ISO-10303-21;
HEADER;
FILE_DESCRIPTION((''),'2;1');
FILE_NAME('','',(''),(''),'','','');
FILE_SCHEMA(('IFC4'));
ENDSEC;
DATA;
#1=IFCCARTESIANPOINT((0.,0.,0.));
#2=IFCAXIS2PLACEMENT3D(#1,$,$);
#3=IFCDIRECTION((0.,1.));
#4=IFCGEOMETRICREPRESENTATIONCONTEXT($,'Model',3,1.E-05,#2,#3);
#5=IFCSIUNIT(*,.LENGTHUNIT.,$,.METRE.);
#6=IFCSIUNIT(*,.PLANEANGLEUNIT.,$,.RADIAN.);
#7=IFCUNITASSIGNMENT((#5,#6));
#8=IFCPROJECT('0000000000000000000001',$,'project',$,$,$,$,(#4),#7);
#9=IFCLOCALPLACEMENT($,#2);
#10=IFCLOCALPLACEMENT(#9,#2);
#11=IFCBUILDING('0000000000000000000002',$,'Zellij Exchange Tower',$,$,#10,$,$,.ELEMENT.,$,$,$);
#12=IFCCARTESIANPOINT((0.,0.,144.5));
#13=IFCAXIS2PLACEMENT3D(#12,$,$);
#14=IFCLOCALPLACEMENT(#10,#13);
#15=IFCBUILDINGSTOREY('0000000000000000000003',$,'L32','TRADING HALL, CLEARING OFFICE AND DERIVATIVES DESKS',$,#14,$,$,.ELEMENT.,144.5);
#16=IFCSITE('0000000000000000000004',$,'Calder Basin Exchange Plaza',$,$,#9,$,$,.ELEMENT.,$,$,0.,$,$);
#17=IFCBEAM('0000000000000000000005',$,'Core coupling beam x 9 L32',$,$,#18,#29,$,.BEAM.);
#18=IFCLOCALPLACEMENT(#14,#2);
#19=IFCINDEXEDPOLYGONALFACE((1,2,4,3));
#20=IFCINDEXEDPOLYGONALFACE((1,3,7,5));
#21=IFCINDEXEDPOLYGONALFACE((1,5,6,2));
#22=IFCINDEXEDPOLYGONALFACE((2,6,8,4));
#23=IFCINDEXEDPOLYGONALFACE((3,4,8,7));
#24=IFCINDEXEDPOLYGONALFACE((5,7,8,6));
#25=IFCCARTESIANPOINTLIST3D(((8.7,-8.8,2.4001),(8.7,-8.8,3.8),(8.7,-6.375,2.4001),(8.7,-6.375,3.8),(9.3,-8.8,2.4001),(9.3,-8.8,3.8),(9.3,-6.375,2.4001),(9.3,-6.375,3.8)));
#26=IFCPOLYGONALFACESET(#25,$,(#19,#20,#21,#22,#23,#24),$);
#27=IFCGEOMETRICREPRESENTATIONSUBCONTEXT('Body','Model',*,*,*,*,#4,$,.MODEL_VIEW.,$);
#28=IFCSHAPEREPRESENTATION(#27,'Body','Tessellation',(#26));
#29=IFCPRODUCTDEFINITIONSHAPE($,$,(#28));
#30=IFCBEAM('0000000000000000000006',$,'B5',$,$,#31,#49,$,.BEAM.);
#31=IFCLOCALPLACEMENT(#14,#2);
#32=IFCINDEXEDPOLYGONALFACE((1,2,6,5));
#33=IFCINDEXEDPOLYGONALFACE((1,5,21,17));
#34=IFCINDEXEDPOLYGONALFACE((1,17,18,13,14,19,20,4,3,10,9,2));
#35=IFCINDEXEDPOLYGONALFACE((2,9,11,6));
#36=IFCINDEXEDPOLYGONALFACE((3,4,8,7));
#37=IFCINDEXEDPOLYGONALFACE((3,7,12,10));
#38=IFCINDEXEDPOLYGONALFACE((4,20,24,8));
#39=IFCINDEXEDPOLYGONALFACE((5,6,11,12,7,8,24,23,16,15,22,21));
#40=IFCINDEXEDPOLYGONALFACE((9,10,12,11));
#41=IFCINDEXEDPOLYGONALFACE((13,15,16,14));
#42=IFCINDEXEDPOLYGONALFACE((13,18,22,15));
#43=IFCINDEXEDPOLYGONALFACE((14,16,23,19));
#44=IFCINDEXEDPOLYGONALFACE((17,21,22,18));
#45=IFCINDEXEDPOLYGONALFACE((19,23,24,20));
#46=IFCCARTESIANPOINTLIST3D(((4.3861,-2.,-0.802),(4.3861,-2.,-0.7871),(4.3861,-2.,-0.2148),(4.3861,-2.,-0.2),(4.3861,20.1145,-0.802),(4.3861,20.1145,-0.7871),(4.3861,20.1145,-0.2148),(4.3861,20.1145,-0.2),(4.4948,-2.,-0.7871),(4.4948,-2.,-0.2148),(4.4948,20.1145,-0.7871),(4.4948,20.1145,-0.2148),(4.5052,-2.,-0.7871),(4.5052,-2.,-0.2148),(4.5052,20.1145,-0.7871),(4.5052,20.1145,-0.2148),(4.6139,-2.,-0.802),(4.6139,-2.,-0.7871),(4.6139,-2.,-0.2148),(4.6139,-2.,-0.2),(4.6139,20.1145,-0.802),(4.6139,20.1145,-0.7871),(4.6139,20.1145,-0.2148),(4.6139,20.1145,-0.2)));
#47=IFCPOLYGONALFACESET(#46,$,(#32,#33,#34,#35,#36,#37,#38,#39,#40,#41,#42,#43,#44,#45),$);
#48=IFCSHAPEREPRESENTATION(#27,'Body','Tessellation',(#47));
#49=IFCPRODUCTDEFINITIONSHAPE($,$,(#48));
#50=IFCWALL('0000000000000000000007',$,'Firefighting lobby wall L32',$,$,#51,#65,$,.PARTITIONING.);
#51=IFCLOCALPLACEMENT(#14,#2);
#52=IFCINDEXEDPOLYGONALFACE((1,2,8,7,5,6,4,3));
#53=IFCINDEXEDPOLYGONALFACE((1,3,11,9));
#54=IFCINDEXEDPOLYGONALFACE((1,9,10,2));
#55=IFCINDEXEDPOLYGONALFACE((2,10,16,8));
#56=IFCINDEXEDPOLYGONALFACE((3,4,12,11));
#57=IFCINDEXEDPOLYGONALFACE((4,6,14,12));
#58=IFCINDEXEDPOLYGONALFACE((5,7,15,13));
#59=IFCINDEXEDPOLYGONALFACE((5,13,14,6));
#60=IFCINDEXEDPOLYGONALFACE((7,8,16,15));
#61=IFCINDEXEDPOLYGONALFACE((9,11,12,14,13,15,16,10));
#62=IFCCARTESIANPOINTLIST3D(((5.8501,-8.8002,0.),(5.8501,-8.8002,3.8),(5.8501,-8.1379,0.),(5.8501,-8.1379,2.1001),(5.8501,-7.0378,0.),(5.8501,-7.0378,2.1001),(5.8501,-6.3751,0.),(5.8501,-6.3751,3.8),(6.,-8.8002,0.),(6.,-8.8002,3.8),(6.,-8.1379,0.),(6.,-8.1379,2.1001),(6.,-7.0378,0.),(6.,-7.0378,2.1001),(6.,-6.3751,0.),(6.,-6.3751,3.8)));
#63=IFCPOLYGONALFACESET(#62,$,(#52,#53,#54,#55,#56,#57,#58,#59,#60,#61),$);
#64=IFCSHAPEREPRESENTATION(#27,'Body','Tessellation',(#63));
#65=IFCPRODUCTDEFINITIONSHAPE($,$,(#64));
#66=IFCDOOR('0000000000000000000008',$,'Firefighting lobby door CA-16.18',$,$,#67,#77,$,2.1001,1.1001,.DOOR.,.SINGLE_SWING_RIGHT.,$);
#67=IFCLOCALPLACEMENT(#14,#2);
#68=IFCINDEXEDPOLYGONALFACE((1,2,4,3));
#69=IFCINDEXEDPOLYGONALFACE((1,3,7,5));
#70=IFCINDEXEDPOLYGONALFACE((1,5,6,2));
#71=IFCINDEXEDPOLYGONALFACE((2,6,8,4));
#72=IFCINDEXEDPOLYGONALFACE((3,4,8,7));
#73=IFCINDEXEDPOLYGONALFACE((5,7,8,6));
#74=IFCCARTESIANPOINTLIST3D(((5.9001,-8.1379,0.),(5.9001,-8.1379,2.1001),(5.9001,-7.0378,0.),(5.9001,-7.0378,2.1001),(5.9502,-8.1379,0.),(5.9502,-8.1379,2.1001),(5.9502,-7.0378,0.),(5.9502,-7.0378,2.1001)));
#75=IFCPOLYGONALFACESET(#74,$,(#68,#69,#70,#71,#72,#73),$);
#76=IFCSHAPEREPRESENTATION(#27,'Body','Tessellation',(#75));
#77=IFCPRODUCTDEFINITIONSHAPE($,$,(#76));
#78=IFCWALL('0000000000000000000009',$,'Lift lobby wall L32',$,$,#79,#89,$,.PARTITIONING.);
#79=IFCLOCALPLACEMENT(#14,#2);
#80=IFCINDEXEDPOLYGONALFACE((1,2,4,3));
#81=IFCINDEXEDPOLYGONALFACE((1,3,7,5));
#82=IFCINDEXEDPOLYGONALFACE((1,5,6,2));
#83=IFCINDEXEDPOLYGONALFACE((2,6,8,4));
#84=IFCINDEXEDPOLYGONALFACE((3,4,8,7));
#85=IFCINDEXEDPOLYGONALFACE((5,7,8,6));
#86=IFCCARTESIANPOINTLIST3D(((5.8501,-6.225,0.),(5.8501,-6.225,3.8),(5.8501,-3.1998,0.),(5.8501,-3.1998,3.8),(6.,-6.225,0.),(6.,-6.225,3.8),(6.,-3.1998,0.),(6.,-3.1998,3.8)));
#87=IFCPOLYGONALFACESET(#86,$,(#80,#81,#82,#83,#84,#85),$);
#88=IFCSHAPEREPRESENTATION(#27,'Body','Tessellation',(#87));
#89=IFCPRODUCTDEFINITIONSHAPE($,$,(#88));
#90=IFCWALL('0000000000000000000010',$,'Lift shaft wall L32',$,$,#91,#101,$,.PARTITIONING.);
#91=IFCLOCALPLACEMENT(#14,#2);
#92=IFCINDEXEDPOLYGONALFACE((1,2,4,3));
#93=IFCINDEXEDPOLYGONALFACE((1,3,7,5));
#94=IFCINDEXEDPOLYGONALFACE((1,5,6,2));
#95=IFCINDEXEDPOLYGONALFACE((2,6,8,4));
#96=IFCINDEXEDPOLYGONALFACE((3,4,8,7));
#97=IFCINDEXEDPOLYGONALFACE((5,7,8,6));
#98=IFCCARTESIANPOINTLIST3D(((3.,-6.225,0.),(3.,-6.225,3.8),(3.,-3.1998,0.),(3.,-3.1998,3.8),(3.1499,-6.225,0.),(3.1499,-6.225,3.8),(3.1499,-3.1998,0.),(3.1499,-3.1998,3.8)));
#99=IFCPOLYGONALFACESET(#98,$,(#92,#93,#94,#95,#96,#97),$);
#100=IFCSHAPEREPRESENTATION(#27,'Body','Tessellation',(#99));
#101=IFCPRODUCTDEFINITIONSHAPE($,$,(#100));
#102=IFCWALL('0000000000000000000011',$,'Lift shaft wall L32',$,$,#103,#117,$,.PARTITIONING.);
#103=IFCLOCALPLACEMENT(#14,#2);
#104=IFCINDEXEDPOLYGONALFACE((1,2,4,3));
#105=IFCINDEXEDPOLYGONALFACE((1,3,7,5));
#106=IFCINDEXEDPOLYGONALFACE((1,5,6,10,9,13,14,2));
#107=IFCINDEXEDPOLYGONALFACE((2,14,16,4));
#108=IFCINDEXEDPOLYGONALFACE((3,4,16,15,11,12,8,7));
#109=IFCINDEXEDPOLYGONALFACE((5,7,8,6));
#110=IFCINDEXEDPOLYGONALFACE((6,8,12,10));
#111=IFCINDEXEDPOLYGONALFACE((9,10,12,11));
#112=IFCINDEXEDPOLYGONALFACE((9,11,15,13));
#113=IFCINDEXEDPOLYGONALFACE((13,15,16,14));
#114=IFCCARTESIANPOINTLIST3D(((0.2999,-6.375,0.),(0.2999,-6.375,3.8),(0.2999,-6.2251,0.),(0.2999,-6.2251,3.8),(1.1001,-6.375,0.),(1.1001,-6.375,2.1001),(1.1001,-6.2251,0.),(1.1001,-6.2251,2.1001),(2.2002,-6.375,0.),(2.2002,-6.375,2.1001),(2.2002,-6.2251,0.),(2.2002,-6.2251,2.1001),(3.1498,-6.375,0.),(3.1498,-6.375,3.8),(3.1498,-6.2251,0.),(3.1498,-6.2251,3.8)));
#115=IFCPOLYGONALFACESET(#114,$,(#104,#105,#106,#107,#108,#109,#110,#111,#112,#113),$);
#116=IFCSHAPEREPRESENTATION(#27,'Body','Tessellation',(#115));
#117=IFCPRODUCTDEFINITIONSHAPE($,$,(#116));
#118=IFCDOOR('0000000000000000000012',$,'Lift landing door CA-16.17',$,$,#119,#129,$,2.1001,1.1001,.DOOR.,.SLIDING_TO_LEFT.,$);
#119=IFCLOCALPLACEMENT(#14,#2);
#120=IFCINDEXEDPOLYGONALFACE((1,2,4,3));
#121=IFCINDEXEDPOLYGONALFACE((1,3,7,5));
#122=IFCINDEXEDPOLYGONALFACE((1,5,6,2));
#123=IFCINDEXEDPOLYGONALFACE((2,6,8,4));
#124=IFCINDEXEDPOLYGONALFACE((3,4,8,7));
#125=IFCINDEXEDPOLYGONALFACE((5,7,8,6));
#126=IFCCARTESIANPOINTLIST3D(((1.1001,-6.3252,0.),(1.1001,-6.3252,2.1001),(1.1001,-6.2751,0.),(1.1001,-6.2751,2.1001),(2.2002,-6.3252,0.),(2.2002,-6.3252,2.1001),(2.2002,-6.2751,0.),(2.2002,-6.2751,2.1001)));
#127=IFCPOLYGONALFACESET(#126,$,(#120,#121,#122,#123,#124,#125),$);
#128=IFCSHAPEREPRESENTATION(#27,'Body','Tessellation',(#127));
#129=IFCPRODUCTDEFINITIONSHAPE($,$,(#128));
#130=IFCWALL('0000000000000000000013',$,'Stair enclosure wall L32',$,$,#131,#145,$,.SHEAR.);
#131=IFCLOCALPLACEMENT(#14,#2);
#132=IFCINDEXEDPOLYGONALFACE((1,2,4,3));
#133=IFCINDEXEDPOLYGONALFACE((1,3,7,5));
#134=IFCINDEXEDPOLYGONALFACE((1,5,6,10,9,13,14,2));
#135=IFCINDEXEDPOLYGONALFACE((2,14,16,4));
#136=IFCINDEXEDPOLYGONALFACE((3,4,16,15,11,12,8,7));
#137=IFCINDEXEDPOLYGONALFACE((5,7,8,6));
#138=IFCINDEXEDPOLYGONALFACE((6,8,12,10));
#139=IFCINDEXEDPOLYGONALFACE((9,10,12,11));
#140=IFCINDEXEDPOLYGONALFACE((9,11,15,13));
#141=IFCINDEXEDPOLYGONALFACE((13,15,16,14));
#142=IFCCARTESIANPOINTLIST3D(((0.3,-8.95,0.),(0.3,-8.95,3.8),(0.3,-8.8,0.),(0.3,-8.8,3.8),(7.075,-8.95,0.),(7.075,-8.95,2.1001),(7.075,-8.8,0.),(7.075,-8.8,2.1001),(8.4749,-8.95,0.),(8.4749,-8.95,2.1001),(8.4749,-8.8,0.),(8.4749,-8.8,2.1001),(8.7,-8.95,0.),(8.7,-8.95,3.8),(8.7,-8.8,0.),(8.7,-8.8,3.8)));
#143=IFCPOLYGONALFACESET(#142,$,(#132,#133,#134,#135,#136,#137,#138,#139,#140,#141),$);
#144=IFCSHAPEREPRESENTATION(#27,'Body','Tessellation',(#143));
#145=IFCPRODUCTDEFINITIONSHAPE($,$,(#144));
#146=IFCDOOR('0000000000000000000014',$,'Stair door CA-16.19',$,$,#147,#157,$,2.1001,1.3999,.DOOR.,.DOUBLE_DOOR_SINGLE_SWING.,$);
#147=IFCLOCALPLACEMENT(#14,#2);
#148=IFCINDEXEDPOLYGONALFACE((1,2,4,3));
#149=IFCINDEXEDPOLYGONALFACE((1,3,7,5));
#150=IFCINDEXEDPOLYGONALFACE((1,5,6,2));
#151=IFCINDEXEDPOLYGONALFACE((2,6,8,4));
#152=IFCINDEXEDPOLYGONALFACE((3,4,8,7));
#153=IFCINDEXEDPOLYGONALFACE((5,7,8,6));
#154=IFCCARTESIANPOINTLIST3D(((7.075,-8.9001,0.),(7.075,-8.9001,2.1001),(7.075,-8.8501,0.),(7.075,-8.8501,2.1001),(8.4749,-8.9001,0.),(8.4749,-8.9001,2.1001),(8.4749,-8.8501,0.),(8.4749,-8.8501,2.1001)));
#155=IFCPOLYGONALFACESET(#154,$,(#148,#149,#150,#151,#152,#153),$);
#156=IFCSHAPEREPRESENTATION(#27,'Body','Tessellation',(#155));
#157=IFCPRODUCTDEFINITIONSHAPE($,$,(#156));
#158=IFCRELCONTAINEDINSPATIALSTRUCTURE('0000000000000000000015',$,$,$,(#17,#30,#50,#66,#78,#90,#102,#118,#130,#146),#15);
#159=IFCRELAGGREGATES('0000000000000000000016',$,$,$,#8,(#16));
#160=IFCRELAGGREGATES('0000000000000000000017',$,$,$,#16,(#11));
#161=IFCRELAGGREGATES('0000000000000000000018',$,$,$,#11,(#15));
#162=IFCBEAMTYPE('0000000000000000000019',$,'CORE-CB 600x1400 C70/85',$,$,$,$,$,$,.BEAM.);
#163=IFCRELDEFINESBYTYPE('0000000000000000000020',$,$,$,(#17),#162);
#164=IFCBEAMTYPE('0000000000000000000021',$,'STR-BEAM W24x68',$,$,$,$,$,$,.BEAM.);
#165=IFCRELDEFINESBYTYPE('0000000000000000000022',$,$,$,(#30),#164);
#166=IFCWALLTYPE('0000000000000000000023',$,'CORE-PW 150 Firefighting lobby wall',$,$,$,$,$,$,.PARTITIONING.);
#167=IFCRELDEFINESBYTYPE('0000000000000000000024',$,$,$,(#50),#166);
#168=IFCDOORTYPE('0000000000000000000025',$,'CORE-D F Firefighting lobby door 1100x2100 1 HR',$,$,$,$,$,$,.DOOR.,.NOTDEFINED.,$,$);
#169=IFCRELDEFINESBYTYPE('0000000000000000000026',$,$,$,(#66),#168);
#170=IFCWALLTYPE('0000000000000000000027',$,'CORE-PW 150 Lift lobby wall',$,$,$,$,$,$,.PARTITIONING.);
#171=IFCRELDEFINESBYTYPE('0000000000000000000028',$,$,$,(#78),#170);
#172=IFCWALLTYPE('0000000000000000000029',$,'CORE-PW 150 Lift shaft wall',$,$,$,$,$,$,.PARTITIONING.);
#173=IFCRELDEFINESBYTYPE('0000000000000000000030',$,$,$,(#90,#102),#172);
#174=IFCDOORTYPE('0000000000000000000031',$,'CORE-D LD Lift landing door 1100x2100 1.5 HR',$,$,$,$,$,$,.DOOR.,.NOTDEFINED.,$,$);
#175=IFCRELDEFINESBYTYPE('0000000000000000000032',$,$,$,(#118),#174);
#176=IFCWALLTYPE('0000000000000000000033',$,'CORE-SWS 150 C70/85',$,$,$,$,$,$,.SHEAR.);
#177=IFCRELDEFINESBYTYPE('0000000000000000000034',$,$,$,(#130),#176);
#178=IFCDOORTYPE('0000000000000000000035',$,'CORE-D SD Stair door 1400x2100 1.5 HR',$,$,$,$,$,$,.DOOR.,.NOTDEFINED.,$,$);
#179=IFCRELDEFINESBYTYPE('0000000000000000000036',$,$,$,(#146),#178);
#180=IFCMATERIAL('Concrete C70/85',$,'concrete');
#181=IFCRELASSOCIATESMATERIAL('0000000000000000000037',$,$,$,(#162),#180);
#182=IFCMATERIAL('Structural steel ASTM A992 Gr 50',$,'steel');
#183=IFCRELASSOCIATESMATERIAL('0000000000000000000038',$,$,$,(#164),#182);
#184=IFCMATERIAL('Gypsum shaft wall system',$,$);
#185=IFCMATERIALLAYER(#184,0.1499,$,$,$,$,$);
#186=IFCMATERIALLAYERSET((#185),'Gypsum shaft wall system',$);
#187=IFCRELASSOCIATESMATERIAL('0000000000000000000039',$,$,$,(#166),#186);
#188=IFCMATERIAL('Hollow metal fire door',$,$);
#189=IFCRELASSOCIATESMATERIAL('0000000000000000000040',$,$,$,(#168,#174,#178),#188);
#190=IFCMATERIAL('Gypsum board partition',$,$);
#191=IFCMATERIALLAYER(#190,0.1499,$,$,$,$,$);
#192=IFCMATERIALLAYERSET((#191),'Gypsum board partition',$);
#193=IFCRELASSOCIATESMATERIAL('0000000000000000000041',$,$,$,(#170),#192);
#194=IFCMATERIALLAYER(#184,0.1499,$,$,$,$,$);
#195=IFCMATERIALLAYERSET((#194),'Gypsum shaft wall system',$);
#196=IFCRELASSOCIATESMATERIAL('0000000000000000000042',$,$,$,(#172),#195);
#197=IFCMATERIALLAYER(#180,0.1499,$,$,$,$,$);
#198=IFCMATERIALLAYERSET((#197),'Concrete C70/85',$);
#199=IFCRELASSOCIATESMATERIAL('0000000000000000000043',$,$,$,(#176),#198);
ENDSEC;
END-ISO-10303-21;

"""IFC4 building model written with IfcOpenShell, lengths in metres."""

from ifc_helpers import new_model, si_unit, direction, frame, frame_2d, origin, origin_2d, place, context, subcontext, project, spatial, rectangle, i_section, extrude, material, layer, layer_set, material_profile, profile_set, type_object, element, fill, save


model = new_model("IFC4")

# Units and contexts
model_context = context("Model", 3, precision=1e-05, world=origin(), true_north=direction((0.0, 1.0)))
body_context = subcontext(model_context, "Body", "Model", "MODEL_VIEW")
ifc_project = project(units=[si_unit("LENGTHUNIT", "METRE"), si_unit("PLANEANGLEUNIT", "RADIAN")], contexts=[model_context])

# Site, building, storey
site_placement = place(None, origin())
site = spatial("IfcSite", under=ifc_project, at=site_placement, Name="Calder Basin Exchange Plaza", CompositionType="ELEMENT", RefElevation=0.0)
building_placement = place(site_placement, origin())
building = spatial("IfcBuilding", under=site, at=building_placement, Name="Zellij Exchange Tower", CompositionType="ELEMENT")
storey_placement = place(building_placement, frame((0.0, 0.0, 144.5)))
storey = spatial("IfcBuildingStorey", under=building, at=storey_placement, Name="L32", Description="TRADING HALL, CLEARING OFFICE AND DERIVATIVES DESKS", CompositionType="ELEMENT", Elevation=144.5)

# Beams
ifc_material_1 = material(Name="Concrete C70/85", Category="concrete")
ifc_material_profile_1 = material_profile(ifc_material_1, rectangle(XDim=0.6001, YDim=1.3999, at=origin_2d()), Name="CORE-CB 600x1400 C70/85")
ifc_profile_set_1 = profile_set([ifc_material_profile_1], Name="Concrete C70/85")
beam_type_1 = type_object("IfcBeamType", Name="CORE-CB 600x1400 C70/85", PredefinedType="BEAM", material=ifc_profile_set_1)
beam_1_placement = place(storey_placement, frame((9.0, -8.8, 3.1001), z_axis=(0.0, 1.0, 0.0), x_axis=(-1.0, 0.0, 0.0)))
element("IfcBeam", 1, at=beam_1_placement, inside=storey, type_object=beam_type_1, Name="Core coupling beam x 9 L32", PredefinedType="BEAM", context=body_context, shape_type="SweptSolid", body=[
    extrude(rectangle(XDim=0.6001, YDim=1.3999, at=origin_2d()), origin(), (0.0, 0.0, 1.0), 2.425),
])
ifc_material_2 = material(Name="Structural steel ASTM A992 Gr 50", Category="steel")
ifc_material_profile_2 = material_profile(ifc_material_2, i_section(OverallWidth=0.2278, OverallDepth=0.6021, WebThickness=0.0105, FlangeThickness=0.0149, at=origin_2d()), Name="W24x68")
ifc_profile_set_2 = profile_set([ifc_material_profile_2], Name="Structural steel ASTM A992 Gr 50")
beam_type_2 = type_object("IfcBeamType", Name="STR-BEAM W24x68", PredefinedType="BEAM", material=ifc_profile_set_2)
beam_2_placement = place(storey_placement, frame((4.5, -2.0, -0.501), z_axis=(0.0, 1.0, 0.0), x_axis=(-1.0, 0.0, 0.0)))
element("IfcBeam", 2, at=beam_2_placement, inside=storey, type_object=beam_type_2, Name="B5", PredefinedType="BEAM", context=body_context, shape_type="SweptSolid", body=[
    extrude(i_section(OverallWidth=0.2278, OverallDepth=0.6021, WebThickness=0.0105, FlangeThickness=0.0149, at=origin_2d()), origin(), (0.0, 0.0, 1.0), 22.1145),
])

# Wall, opening, door
ifc_material_3 = material(Name="Gypsum shaft wall system")
ifc_layer_1 = layer(ifc_material_3, 0.1499)
ifc_layer_set_1 = layer_set([ifc_layer_1], Name="Gypsum shaft wall system")
wall_type_1 = type_object("IfcWallType", Name="CORE-PW 150 Firefighting lobby wall", PredefinedType="PARTITIONING", material=ifc_layer_set_1)
wall_1_placement = place(storey_placement, frame((5.925, -8.8, 0.0), z_axis=(0.0, 0.0, 1.0), x_axis=(0.0, 1.0, 0.0)))
wall_1 = element("IfcWall", 3, at=wall_1_placement, inside=storey, type_object=wall_type_1, Name="Firefighting lobby wall L32", PredefinedType="PARTITIONING", context=body_context, shape_type="SweptSolid", body=[
    extrude(rectangle(XDim=2.425, YDim=0.1499, at=frame_2d((1.2124, 0.0))), origin(), (0.0, 0.0, 1.0), 3.8),
])
opening_1_placement = place(wall_1_placement, frame((0.6621, 0.0, 0.0)))
opening_1 = element("IfcOpeningElement", 4, at=opening_1_placement, cuts=wall_1, PredefinedType="OPENING", context=body_context, shape_type="SweptSolid", body=[
    extrude(rectangle(XDim=1.1001, YDim=2.1001, at=frame_2d((0.55, 1.05))), frame((0.0, 0.0869, 0.0), z_axis=(0.0, -1.0, 0.0), x_axis=(1.0, 0.0, 0.0)), (0.0, 0.0, 1.0), 0.1738),
])
ifc_material_4 = material(Name="Hollow metal fire door")
door_type_1 = type_object("IfcDoorType", Name="CORE-D F Firefighting lobby door 1100x2100 1 HR", OperationType="NOTDEFINED", PredefinedType="DOOR", material=ifc_material_4)
door_1_placement = place(opening_1_placement, origin())
door_1 = element("IfcDoor", 5, at=door_1_placement, inside=storey, type_object=door_type_1, Name="Firefighting lobby door CA-16.18", OperationType="SINGLE_SWING_RIGHT", OverallHeight=2.1001, OverallWidth=1.1001, PredefinedType="DOOR", context=body_context, shape_type="SweptSolid", body=[
    extrude(rectangle(XDim=1.1001, YDim=2.1001, at=frame_2d((0.55, 1.05))), frame((0.0, 0.0249, 0.0), z_axis=(0.0, -1.0, 0.0), x_axis=(1.0, 0.0, 0.0)), (0.0, 0.0, 1.0), 0.05),
])
fill(opening_1, door_1)

# Walls
ifc_material_5 = material(Name="Gypsum board partition")
ifc_layer_2 = layer(ifc_material_5, 0.1499)
ifc_layer_set_2 = layer_set([ifc_layer_2], Name="Gypsum board partition")
wall_type_2 = type_object("IfcWallType", Name="CORE-PW 150 Lift lobby wall", PredefinedType="PARTITIONING", material=ifc_layer_set_2)
wall_2_placement = place(storey_placement, frame((5.925, -6.2251, 0.0), z_axis=(0.0, 0.0, 1.0), x_axis=(0.0, 1.0, 0.0)))
element("IfcWall", 6, at=wall_2_placement, inside=storey, type_object=wall_type_2, Name="Lift lobby wall L32", PredefinedType="PARTITIONING", context=body_context, shape_type="SweptSolid", body=[
    extrude(rectangle(XDim=3.0251, YDim=0.1499, at=frame_2d((1.5127, 0.0))), origin(), (0.0, 0.0, 1.0), 3.8),
])
ifc_layer_3 = layer(ifc_material_3, 0.1499)
ifc_layer_set_3 = layer_set([ifc_layer_3], Name="Gypsum shaft wall system")
wall_type_3 = type_object("IfcWallType", Name="CORE-PW 150 Lift shaft wall", PredefinedType="PARTITIONING", material=ifc_layer_set_3)
wall_3_placement = place(storey_placement, frame((3.075, -6.2251, 0.0), z_axis=(0.0, 0.0, 1.0), x_axis=(0.0, 1.0, 0.0)))
element("IfcWall", 7, at=wall_3_placement, inside=storey, type_object=wall_type_3, Name="Lift shaft wall L32", PredefinedType="PARTITIONING", context=body_context, shape_type="SweptSolid", body=[
    extrude(rectangle(XDim=3.0251, YDim=0.1499, at=frame_2d((1.5127, 0.0))), origin(), (0.0, 0.0, 1.0), 3.8),
])

# Walls, openings, doors
wall_4_placement = place(storey_placement, frame((0.3, -6.3, 0.0), z_axis=(0.0, 0.0, 1.0), x_axis=(1.0, 0.0, 0.0)))
wall_4 = element("IfcWall", 8, at=wall_4_placement, inside=storey, type_object=wall_type_3, Name="Lift shaft wall L32", PredefinedType="PARTITIONING", context=body_context, shape_type="SweptSolid", body=[
    extrude(rectangle(XDim=2.8499, YDim=0.1499, at=frame_2d((1.4248, 0.0))), origin(), (0.0, 0.0, 1.0), 3.8),
])
opening_2_placement = place(wall_4_placement, frame((0.8, 0.0, 0.0)))
opening_2 = element("IfcOpeningElement", 9, at=opening_2_placement, cuts=wall_4, PredefinedType="OPENING", context=body_context, shape_type="SweptSolid", body=[
    extrude(rectangle(XDim=1.1001, YDim=2.1001, at=frame_2d((0.55, 1.05))), frame((0.0, 0.0869, 0.0), z_axis=(0.0, -1.0, 0.0), x_axis=(1.0, 0.0, 0.0)), (0.0, 0.0, 1.0), 0.1738),
])
door_type_2 = type_object("IfcDoorType", Name="CORE-D LD Lift landing door 1100x2100 1.5 HR", OperationType="NOTDEFINED", PredefinedType="DOOR", material=ifc_material_4)
door_2_placement = place(opening_2_placement, origin())
door_2 = element("IfcDoor", 10, at=door_2_placement, inside=storey, type_object=door_type_2, Name="Lift landing door CA-16.17", OperationType="SLIDING_TO_LEFT", OverallHeight=2.1001, OverallWidth=1.1001, PredefinedType="DOOR", context=body_context, shape_type="SweptSolid", body=[
    extrude(rectangle(XDim=1.1001, YDim=2.1001, at=frame_2d((0.55, 1.05))), frame((0.0, 0.0249, 0.0), z_axis=(0.0, -1.0, 0.0), x_axis=(1.0, 0.0, 0.0)), (0.0, 0.0, 1.0), 0.05),
])
fill(opening_2, door_2)
ifc_layer_4 = layer(ifc_material_1, 0.1499)
ifc_layer_set_4 = layer_set([ifc_layer_4], Name="Concrete C70/85")
wall_type_4 = type_object("IfcWallType", Name="CORE-SWS 150 C70/85", PredefinedType="SHEAR", material=ifc_layer_set_4)
wall_5_placement = place(storey_placement, frame((0.3, -8.875, 0.0), z_axis=(0.0, 0.0, 1.0), x_axis=(1.0, 0.0, 0.0)))
wall_5 = element("IfcWall", 11, at=wall_5_placement, inside=storey, type_object=wall_type_4, Name="Stair enclosure wall L32", PredefinedType="SHEAR", context=body_context, shape_type="SweptSolid", body=[
    extrude(rectangle(XDim=8.3999, YDim=0.1499, at=frame_2d((4.2, 0.0))), origin(), (0.0, 0.0, 1.0), 3.8),
])
opening_3_placement = place(wall_5_placement, frame((6.7749, 0.0, 0.0)))
opening_3 = element("IfcOpeningElement", 12, at=opening_3_placement, cuts=wall_5, PredefinedType="OPENING", context=body_context, shape_type="SweptSolid", body=[
    extrude(rectangle(XDim=1.3999, YDim=2.1001, at=frame_2d((0.7, 1.05))), frame((0.0, 0.0869, 0.0), z_axis=(0.0, -1.0, 0.0), x_axis=(1.0, 0.0, 0.0)), (0.0, 0.0, 1.0), 0.1738),
])
door_type_3 = type_object("IfcDoorType", Name="CORE-D SD Stair door 1400x2100 1.5 HR", OperationType="NOTDEFINED", PredefinedType="DOOR", material=ifc_material_4)
door_3_placement = place(opening_3_placement, origin())
door_3 = element("IfcDoor", 13, at=door_3_placement, inside=storey, type_object=door_type_3, Name="Stair door CA-16.19", OperationType="DOUBLE_DOOR_SINGLE_SWING", OverallHeight=2.1001, OverallWidth=1.3999, PredefinedType="DOOR", context=body_context, shape_type="SweptSolid", body=[
    extrude(rectangle(XDim=1.3999, YDim=2.1001, at=frame_2d((0.7, 1.05))), frame((0.0, 0.0249, 0.0), z_axis=(0.0, -1.0, 0.0), x_axis=(1.0, 0.0, 0.0)), (0.0, 0.0, 1.0), 0.05),
])
fill(opening_3, door_3)

save(model, "model.ifc")
